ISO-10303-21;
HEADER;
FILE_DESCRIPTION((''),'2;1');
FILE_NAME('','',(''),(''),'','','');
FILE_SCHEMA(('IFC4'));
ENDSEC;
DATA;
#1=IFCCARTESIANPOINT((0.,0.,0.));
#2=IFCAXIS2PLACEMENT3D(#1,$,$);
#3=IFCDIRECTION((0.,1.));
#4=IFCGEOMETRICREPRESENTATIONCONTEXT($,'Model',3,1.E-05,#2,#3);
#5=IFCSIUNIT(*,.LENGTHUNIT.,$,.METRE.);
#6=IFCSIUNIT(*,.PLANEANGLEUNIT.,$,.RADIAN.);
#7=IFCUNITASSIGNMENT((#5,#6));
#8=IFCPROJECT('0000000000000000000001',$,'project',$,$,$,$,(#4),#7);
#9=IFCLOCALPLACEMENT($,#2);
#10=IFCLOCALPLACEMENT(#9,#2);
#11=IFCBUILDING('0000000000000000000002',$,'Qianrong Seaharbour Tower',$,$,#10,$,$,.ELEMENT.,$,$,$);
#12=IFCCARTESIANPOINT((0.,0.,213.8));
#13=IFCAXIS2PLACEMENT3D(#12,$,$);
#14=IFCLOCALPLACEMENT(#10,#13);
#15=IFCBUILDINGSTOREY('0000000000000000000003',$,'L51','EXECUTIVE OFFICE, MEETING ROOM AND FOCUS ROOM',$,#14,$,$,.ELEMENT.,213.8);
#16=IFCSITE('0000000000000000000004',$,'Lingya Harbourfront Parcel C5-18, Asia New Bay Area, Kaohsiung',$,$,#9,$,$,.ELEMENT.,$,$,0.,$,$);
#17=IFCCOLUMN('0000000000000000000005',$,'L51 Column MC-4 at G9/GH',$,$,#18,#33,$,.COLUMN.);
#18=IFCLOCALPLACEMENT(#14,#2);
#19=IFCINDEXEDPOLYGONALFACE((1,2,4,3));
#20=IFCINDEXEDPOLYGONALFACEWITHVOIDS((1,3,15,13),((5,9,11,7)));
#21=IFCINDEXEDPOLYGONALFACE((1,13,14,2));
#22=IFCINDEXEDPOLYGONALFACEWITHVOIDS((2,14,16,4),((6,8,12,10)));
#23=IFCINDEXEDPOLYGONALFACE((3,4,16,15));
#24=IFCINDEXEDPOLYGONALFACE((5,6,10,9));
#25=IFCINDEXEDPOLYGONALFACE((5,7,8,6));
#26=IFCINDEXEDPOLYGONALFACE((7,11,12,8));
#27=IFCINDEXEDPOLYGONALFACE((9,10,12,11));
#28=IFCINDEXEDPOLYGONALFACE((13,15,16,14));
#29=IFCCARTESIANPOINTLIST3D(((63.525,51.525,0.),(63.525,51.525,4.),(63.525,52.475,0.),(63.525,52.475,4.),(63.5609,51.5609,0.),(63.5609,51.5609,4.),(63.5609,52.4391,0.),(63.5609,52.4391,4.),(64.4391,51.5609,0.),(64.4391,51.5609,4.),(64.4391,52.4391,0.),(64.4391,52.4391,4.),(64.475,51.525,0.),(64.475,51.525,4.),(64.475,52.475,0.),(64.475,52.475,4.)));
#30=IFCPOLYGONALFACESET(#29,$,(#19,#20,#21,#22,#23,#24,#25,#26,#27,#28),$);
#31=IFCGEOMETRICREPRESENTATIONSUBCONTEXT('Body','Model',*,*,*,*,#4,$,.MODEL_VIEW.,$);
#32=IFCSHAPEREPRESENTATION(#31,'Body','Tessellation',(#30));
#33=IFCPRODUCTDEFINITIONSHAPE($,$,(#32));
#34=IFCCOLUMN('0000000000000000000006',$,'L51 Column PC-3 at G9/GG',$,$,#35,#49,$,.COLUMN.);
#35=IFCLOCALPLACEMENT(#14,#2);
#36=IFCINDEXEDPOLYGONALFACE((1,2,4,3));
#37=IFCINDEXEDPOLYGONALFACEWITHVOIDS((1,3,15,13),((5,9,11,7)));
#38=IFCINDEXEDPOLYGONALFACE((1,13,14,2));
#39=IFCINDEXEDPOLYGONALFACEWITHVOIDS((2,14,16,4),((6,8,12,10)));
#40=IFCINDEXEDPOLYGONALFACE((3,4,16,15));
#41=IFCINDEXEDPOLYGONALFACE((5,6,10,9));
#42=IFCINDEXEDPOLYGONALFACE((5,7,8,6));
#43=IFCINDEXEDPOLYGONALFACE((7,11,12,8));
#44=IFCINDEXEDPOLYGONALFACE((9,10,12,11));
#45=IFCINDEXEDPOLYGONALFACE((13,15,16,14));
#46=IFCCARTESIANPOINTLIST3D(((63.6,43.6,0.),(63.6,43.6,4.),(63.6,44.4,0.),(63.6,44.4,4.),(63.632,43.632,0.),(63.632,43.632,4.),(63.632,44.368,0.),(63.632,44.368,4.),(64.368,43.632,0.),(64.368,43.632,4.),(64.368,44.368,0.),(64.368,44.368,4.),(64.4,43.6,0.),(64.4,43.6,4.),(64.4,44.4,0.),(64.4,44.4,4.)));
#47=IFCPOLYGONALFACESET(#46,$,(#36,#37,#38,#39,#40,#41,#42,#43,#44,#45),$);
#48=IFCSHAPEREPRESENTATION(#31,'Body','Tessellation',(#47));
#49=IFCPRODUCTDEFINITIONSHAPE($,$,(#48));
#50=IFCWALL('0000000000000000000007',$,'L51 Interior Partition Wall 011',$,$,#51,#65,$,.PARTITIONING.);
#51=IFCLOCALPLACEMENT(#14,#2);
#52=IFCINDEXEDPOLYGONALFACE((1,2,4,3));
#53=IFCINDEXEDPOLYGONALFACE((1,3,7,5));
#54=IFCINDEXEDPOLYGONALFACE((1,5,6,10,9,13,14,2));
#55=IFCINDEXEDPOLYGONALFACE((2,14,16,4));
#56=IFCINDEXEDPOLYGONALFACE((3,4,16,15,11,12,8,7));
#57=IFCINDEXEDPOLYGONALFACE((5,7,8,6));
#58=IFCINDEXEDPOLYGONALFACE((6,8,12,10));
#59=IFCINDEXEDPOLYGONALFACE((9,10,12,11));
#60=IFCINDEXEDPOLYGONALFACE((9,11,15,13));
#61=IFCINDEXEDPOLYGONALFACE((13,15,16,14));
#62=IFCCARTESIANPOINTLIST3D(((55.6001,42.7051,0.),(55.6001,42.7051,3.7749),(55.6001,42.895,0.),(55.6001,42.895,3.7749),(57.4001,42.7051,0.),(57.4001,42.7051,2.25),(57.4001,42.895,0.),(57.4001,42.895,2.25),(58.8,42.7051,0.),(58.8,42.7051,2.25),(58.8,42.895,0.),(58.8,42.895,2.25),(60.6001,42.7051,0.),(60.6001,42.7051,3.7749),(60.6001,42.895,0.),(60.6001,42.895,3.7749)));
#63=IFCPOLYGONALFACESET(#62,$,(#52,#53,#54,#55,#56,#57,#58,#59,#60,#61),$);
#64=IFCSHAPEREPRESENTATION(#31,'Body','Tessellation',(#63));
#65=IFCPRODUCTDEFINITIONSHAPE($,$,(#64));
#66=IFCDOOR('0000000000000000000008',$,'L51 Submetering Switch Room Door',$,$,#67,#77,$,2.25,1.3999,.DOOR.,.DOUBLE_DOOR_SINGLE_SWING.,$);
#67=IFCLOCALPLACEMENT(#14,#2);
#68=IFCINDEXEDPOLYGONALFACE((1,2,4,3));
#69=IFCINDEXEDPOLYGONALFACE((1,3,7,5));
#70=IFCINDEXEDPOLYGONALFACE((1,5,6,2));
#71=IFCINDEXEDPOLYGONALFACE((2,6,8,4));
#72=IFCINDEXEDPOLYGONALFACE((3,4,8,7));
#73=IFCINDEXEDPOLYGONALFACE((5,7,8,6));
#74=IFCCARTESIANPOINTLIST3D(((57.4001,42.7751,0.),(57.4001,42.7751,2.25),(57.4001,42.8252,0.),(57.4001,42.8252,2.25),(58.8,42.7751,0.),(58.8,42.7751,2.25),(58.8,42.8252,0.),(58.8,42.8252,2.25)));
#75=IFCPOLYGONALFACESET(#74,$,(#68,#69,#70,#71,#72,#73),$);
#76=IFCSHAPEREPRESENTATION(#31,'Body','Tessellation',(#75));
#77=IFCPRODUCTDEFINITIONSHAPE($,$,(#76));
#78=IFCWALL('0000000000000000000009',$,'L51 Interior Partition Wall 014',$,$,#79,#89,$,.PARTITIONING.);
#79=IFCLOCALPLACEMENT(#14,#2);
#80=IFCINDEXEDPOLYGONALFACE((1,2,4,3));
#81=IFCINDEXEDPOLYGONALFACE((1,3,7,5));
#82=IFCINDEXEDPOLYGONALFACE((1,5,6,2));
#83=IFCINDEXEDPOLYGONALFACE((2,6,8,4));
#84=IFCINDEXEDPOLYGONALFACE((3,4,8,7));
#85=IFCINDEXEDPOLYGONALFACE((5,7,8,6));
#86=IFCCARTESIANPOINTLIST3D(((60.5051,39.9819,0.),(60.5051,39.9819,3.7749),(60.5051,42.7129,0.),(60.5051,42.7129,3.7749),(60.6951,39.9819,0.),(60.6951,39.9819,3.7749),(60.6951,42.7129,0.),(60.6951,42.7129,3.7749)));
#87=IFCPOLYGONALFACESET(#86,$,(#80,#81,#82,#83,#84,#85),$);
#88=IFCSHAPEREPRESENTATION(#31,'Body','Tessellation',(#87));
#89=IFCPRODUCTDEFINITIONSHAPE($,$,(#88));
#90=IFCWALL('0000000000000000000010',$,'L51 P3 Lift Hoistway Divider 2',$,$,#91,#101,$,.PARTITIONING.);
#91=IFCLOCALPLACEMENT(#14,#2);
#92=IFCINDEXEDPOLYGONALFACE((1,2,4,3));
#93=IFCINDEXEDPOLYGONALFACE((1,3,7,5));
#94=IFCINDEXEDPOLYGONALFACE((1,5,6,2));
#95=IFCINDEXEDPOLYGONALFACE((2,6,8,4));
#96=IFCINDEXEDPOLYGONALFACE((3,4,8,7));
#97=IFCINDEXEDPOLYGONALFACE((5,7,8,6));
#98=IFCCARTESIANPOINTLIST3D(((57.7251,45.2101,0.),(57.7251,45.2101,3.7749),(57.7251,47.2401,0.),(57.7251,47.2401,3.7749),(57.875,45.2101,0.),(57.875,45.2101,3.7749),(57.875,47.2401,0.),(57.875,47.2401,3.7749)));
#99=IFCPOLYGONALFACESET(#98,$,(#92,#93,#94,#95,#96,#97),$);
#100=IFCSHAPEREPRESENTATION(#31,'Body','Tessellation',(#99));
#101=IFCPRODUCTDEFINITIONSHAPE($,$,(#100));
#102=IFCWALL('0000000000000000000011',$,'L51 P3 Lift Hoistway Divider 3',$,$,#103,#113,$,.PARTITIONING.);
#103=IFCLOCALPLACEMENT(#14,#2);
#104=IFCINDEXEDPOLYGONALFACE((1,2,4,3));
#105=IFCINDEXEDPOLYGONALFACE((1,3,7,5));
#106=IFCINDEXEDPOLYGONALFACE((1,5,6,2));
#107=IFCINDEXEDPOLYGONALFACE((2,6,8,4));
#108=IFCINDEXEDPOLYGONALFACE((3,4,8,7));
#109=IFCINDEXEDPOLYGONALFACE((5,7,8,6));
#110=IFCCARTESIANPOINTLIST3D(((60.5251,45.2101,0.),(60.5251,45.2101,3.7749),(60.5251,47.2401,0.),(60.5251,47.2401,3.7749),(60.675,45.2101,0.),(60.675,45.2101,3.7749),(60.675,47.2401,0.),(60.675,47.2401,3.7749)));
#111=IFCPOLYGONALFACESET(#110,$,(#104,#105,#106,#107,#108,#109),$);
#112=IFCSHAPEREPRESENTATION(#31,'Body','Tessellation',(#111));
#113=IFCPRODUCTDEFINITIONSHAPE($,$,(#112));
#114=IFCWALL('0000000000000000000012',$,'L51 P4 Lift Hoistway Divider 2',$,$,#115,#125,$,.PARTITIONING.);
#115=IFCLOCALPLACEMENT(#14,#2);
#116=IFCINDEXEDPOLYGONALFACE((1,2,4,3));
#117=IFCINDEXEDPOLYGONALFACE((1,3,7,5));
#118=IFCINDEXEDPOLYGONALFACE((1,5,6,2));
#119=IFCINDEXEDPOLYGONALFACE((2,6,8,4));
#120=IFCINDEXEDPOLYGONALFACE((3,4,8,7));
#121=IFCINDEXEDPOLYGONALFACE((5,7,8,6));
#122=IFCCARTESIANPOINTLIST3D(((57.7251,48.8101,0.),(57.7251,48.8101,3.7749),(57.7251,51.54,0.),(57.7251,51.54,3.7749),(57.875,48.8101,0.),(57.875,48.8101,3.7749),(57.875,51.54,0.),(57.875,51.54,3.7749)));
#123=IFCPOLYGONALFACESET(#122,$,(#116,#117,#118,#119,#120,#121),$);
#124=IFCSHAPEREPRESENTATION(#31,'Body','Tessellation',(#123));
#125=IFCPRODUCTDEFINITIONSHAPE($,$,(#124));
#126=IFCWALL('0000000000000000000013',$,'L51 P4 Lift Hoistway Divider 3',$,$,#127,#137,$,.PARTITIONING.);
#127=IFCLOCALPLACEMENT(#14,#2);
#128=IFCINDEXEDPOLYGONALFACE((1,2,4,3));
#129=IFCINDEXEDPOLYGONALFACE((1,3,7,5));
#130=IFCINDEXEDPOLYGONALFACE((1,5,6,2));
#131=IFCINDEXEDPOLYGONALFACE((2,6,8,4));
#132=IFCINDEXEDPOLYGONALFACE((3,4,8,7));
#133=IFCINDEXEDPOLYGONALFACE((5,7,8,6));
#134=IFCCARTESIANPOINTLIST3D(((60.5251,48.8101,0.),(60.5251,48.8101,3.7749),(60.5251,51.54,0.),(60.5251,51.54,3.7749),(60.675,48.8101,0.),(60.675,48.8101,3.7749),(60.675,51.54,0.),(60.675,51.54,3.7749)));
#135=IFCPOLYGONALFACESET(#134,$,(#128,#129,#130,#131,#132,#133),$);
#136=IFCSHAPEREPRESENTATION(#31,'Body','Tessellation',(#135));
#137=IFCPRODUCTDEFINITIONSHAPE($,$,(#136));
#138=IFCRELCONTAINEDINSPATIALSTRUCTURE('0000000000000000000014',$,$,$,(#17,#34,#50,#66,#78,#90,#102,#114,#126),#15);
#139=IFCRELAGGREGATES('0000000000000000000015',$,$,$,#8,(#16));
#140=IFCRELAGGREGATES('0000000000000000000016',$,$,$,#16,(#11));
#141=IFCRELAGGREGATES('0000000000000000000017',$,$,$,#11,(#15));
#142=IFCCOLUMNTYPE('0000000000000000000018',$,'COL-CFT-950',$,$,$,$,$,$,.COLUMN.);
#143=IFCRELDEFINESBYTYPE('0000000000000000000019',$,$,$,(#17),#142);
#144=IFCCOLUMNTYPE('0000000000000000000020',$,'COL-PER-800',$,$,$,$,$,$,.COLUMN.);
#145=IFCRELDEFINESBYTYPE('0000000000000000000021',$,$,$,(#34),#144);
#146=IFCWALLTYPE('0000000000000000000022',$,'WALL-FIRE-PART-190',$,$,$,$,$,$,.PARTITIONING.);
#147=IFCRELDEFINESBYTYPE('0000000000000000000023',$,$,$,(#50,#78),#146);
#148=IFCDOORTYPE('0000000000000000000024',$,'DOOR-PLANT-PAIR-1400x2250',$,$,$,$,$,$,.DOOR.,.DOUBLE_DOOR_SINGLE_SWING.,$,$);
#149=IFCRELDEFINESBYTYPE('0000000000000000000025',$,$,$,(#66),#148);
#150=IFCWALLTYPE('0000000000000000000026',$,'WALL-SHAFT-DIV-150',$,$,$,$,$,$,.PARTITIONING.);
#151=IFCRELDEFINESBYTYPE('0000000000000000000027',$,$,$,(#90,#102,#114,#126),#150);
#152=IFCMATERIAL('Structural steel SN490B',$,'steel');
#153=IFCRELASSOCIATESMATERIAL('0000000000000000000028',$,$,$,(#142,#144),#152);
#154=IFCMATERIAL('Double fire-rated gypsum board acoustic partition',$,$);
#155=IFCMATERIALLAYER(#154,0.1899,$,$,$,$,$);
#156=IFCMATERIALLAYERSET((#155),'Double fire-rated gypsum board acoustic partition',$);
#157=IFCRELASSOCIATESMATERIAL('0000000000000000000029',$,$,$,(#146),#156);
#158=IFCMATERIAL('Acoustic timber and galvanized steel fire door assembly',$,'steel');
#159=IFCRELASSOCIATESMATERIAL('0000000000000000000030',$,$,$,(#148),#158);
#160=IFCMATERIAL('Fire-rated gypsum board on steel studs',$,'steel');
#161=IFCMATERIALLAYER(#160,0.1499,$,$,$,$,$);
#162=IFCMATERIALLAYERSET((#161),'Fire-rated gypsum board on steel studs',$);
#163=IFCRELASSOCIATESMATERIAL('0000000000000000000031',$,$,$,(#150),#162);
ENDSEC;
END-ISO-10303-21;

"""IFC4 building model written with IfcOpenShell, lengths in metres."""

from ifc_helpers import new_model, si_unit, direction, frame, frame_2d, origin, origin_2d, place, context, subcontext, project, spatial, rectangle, hollow_rectangle, extrude, material, layer, layer_set, material_profile, profile_set, type_object, element, fill, save


model = new_model("IFC4")

# Units and contexts
model_context = context("Model", 3, precision=1e-05, world=origin(), true_north=direction((0.0, 1.0)))
body_context = subcontext(model_context, "Body", "Model", "MODEL_VIEW")
ifc_project = project(units=[si_unit("LENGTHUNIT", "METRE"), si_unit("PLANEANGLEUNIT", "RADIAN")], contexts=[model_context])

# Site, building, storey
site_placement = place(None, origin())
site = spatial("IfcSite", under=ifc_project, at=site_placement, Name="Lingya Harbourfront Parcel C5-18, Asia New Bay Area, Kaohsiung", CompositionType="ELEMENT", RefElevation=0.0)
building_placement = place(site_placement, origin())
building = spatial("IfcBuilding", under=site, at=building_placement, Name="Qianrong Seaharbour Tower", CompositionType="ELEMENT")
storey_placement = place(building_placement, frame((0.0, 0.0, 213.8)))
storey = spatial("IfcBuildingStorey", under=building, at=storey_placement, Name="L51", Description="EXECUTIVE OFFICE, MEETING ROOM AND FOCUS ROOM", CompositionType="ELEMENT", Elevation=213.8)

# Columns
ifc_material_1 = material(Name="Structural steel SN490B", Category="steel")
ifc_material_profile_1 = material_profile(ifc_material_1, hollow_rectangle(XDim=0.95, YDim=0.95, WallThickness=0.0359, at=origin_2d()), Name="BOX950x950x36")
ifc_profile_set_1 = profile_set([ifc_material_profile_1], Name="Structural steel SN490B")
column_type_1 = type_object("IfcColumnType", Name="COL-CFT-950", PredefinedType="COLUMN", material=ifc_profile_set_1)
column_1_placement = place(storey_placement, frame((64.0, 52.0, 0.0), z_axis=(0.0, 0.0, 1.0), x_axis=(1.0, 0.0, 0.0)))
element("IfcColumn", 1, at=column_1_placement, inside=storey, type_object=column_type_1, Name="L51 Column MC-4 at G9/GH", PredefinedType="COLUMN", context=body_context, shape_type="SweptSolid", body=[
    extrude(hollow_rectangle(XDim=0.95, YDim=0.95, WallThickness=0.0359, at=origin_2d()), origin(), (0.0, 0.0, 1.0), 4.0),
])
ifc_material_profile_2 = material_profile(ifc_material_1, hollow_rectangle(XDim=0.8, YDim=0.8, WallThickness=0.032, at=origin_2d()), Name="BOX800x800x32")
ifc_profile_set_2 = profile_set([ifc_material_profile_2], Name="Structural steel SN490B")
column_type_2 = type_object("IfcColumnType", Name="COL-PER-800", PredefinedType="COLUMN", material=ifc_profile_set_2)
column_2_placement = place(storey_placement, frame((64.0, 44.0, 0.0), z_axis=(0.0, 0.0, 1.0), x_axis=(1.0, 0.0, 0.0)))
element("IfcColumn", 2, at=column_2_placement, inside=storey, type_object=column_type_2, Name="L51 Column PC-3 at G9/GG", PredefinedType="COLUMN", context=body_context, shape_type="SweptSolid", body=[
    extrude(hollow_rectangle(XDim=0.8, YDim=0.8, WallThickness=0.032, at=origin_2d()), origin(), (0.0, 0.0, 1.0), 4.0),
])

# Wall, opening, door
ifc_material_2 = material(Name="Acoustic timber and galvanized steel fire door assembly", Category="steel")
ifc_material_3 = material(Name="Double fire-rated gypsum board acoustic partition")
ifc_layer_1 = layer(ifc_material_3, 0.1899)
ifc_layer_set_1 = layer_set([ifc_layer_1], Name="Double fire-rated gypsum board acoustic partition")
wall_type_1 = type_object("IfcWallType", Name="WALL-FIRE-PART-190", PredefinedType="PARTITIONING", material=ifc_layer_set_1)
wall_1_placement = place(storey_placement, frame((60.6001, 42.8, 0.0), z_axis=(0.0, 0.0, 1.0), x_axis=(-1.0, 0.0, 0.0)))
wall_1 = element("IfcWall", 3, at=wall_1_placement, inside=storey, type_object=wall_type_1, Name="L51 Interior Partition Wall 011", PredefinedType="PARTITIONING", context=body_context, shape_type="SweptSolid", body=[
    extrude(rectangle(XDim=5.0, YDim=0.1899, at=frame_2d((2.5, 0.0))), origin(), (0.0, 0.0, 1.0), 3.7749),
])
opening_1_placement = place(wall_1_placement, frame((1.8, 0.0, 0.0)))
opening_1 = element("IfcOpeningElement", 4, at=opening_1_placement, cuts=wall_1, PredefinedType="OPENING", context=body_context, shape_type="SweptSolid", body=[
    extrude(rectangle(XDim=1.3999, YDim=2.25, at=frame_2d((0.7, 1.125))), frame((0.0, 0.105, 0.0), z_axis=(0.0, -1.0, 0.0), x_axis=(1.0, 0.0, 0.0)), (0.0, 0.0, 1.0), 0.21),
])
door_type_1 = type_object("IfcDoorType", Name="DOOR-PLANT-PAIR-1400x2250", OperationType="DOUBLE_DOOR_SINGLE_SWING", PredefinedType="DOOR", material=ifc_material_2)
door_1_placement = place(opening_1_placement, origin())
door_1 = element("IfcDoor", 5, at=door_1_placement, inside=storey, type_object=door_type_1, Name="L51 Submetering Switch Room Door", OperationType="DOUBLE_DOOR_SINGLE_SWING", OverallHeight=2.25, OverallWidth=1.3999, PredefinedType="DOOR", context=body_context, shape_type="SweptSolid", body=[
    extrude(rectangle(XDim=1.3999, YDim=2.25, at=frame_2d((0.7, 1.125))), frame((0.0, 0.0249, 0.0), z_axis=(0.0, -1.0, 0.0), x_axis=(1.0, 0.0, 0.0)), (0.0, 0.0, 1.0), 0.05),
])
fill(opening_1, door_1)

# Walls
wall_2_placement = place(storey_placement, frame((60.6001, 42.7129, 0.0), z_axis=(0.0, 0.0, 1.0), x_axis=(0.0, -1.0, 0.0)))
element("IfcWall", 6, at=wall_2_placement, inside=storey, type_object=wall_type_1, Name="L51 Interior Partition Wall 014", PredefinedType="PARTITIONING", context=body_context, shape_type="SweptSolid", body=[
    extrude(rectangle(XDim=2.731, YDim=0.1899, at=frame_2d((1.3655, 0.0))), origin(), (0.0, 0.0, 1.0), 3.7749),
])
ifc_material_4 = material(Name="Fire-rated gypsum board on steel studs", Category="steel")
ifc_layer_2 = layer(ifc_material_4, 0.1499)
ifc_layer_set_2 = layer_set([ifc_layer_2], Name="Fire-rated gypsum board on steel studs")
wall_type_2 = type_object("IfcWallType", Name="WALL-SHAFT-DIV-150", PredefinedType="PARTITIONING", material=ifc_layer_set_2)
for number, where, z_axis, x_axis, name in (
    (7, (57.8, 45.21, 0.0), (0.0, 0.0, 1.0), (0.0, 1.0, 0.0), "L51 P3 Lift Hoistway Divider 2"),
    (8, (60.6001, 45.21, 0.0), (0.0, 0.0, 1.0), (0.0, 1.0, 0.0), "L51 P3 Lift Hoistway Divider 3"),
):
    element("IfcWall", number, at=place(storey_placement, frame(where, z_axis=z_axis, x_axis=x_axis)), inside=storey, type_object=wall_type_2, Name=name, PredefinedType="PARTITIONING", context=body_context, shape_type="SweptSolid", body=[
        extrude(rectangle(XDim=2.03, YDim=0.1499, at=frame_2d((1.0151, 0.0))), origin(), (0.0, 0.0, 1.0), 3.7749),
    ])
for number, where, z_axis, x_axis, name in (
    (9, (57.8, 48.8101, 0.0), (0.0, 0.0, 1.0), (0.0, 1.0, 0.0), "L51 P4 Lift Hoistway Divider 2"),
    (10, (60.6001, 48.8101, 0.0), (0.0, 0.0, 1.0), (0.0, 1.0, 0.0), "L51 P4 Lift Hoistway Divider 3"),
):
    element("IfcWall", number, at=place(storey_placement, frame(where, z_axis=z_axis, x_axis=x_axis)), inside=storey, type_object=wall_type_2, Name=name, PredefinedType="PARTITIONING", context=body_context, shape_type="SweptSolid", body=[
        extrude(rectangle(XDim=2.73, YDim=0.1499, at=frame_2d((1.365, 0.0))), origin(), (0.0, 0.0, 1.0), 3.7749),
    ])

save(model, "model.ifc")
